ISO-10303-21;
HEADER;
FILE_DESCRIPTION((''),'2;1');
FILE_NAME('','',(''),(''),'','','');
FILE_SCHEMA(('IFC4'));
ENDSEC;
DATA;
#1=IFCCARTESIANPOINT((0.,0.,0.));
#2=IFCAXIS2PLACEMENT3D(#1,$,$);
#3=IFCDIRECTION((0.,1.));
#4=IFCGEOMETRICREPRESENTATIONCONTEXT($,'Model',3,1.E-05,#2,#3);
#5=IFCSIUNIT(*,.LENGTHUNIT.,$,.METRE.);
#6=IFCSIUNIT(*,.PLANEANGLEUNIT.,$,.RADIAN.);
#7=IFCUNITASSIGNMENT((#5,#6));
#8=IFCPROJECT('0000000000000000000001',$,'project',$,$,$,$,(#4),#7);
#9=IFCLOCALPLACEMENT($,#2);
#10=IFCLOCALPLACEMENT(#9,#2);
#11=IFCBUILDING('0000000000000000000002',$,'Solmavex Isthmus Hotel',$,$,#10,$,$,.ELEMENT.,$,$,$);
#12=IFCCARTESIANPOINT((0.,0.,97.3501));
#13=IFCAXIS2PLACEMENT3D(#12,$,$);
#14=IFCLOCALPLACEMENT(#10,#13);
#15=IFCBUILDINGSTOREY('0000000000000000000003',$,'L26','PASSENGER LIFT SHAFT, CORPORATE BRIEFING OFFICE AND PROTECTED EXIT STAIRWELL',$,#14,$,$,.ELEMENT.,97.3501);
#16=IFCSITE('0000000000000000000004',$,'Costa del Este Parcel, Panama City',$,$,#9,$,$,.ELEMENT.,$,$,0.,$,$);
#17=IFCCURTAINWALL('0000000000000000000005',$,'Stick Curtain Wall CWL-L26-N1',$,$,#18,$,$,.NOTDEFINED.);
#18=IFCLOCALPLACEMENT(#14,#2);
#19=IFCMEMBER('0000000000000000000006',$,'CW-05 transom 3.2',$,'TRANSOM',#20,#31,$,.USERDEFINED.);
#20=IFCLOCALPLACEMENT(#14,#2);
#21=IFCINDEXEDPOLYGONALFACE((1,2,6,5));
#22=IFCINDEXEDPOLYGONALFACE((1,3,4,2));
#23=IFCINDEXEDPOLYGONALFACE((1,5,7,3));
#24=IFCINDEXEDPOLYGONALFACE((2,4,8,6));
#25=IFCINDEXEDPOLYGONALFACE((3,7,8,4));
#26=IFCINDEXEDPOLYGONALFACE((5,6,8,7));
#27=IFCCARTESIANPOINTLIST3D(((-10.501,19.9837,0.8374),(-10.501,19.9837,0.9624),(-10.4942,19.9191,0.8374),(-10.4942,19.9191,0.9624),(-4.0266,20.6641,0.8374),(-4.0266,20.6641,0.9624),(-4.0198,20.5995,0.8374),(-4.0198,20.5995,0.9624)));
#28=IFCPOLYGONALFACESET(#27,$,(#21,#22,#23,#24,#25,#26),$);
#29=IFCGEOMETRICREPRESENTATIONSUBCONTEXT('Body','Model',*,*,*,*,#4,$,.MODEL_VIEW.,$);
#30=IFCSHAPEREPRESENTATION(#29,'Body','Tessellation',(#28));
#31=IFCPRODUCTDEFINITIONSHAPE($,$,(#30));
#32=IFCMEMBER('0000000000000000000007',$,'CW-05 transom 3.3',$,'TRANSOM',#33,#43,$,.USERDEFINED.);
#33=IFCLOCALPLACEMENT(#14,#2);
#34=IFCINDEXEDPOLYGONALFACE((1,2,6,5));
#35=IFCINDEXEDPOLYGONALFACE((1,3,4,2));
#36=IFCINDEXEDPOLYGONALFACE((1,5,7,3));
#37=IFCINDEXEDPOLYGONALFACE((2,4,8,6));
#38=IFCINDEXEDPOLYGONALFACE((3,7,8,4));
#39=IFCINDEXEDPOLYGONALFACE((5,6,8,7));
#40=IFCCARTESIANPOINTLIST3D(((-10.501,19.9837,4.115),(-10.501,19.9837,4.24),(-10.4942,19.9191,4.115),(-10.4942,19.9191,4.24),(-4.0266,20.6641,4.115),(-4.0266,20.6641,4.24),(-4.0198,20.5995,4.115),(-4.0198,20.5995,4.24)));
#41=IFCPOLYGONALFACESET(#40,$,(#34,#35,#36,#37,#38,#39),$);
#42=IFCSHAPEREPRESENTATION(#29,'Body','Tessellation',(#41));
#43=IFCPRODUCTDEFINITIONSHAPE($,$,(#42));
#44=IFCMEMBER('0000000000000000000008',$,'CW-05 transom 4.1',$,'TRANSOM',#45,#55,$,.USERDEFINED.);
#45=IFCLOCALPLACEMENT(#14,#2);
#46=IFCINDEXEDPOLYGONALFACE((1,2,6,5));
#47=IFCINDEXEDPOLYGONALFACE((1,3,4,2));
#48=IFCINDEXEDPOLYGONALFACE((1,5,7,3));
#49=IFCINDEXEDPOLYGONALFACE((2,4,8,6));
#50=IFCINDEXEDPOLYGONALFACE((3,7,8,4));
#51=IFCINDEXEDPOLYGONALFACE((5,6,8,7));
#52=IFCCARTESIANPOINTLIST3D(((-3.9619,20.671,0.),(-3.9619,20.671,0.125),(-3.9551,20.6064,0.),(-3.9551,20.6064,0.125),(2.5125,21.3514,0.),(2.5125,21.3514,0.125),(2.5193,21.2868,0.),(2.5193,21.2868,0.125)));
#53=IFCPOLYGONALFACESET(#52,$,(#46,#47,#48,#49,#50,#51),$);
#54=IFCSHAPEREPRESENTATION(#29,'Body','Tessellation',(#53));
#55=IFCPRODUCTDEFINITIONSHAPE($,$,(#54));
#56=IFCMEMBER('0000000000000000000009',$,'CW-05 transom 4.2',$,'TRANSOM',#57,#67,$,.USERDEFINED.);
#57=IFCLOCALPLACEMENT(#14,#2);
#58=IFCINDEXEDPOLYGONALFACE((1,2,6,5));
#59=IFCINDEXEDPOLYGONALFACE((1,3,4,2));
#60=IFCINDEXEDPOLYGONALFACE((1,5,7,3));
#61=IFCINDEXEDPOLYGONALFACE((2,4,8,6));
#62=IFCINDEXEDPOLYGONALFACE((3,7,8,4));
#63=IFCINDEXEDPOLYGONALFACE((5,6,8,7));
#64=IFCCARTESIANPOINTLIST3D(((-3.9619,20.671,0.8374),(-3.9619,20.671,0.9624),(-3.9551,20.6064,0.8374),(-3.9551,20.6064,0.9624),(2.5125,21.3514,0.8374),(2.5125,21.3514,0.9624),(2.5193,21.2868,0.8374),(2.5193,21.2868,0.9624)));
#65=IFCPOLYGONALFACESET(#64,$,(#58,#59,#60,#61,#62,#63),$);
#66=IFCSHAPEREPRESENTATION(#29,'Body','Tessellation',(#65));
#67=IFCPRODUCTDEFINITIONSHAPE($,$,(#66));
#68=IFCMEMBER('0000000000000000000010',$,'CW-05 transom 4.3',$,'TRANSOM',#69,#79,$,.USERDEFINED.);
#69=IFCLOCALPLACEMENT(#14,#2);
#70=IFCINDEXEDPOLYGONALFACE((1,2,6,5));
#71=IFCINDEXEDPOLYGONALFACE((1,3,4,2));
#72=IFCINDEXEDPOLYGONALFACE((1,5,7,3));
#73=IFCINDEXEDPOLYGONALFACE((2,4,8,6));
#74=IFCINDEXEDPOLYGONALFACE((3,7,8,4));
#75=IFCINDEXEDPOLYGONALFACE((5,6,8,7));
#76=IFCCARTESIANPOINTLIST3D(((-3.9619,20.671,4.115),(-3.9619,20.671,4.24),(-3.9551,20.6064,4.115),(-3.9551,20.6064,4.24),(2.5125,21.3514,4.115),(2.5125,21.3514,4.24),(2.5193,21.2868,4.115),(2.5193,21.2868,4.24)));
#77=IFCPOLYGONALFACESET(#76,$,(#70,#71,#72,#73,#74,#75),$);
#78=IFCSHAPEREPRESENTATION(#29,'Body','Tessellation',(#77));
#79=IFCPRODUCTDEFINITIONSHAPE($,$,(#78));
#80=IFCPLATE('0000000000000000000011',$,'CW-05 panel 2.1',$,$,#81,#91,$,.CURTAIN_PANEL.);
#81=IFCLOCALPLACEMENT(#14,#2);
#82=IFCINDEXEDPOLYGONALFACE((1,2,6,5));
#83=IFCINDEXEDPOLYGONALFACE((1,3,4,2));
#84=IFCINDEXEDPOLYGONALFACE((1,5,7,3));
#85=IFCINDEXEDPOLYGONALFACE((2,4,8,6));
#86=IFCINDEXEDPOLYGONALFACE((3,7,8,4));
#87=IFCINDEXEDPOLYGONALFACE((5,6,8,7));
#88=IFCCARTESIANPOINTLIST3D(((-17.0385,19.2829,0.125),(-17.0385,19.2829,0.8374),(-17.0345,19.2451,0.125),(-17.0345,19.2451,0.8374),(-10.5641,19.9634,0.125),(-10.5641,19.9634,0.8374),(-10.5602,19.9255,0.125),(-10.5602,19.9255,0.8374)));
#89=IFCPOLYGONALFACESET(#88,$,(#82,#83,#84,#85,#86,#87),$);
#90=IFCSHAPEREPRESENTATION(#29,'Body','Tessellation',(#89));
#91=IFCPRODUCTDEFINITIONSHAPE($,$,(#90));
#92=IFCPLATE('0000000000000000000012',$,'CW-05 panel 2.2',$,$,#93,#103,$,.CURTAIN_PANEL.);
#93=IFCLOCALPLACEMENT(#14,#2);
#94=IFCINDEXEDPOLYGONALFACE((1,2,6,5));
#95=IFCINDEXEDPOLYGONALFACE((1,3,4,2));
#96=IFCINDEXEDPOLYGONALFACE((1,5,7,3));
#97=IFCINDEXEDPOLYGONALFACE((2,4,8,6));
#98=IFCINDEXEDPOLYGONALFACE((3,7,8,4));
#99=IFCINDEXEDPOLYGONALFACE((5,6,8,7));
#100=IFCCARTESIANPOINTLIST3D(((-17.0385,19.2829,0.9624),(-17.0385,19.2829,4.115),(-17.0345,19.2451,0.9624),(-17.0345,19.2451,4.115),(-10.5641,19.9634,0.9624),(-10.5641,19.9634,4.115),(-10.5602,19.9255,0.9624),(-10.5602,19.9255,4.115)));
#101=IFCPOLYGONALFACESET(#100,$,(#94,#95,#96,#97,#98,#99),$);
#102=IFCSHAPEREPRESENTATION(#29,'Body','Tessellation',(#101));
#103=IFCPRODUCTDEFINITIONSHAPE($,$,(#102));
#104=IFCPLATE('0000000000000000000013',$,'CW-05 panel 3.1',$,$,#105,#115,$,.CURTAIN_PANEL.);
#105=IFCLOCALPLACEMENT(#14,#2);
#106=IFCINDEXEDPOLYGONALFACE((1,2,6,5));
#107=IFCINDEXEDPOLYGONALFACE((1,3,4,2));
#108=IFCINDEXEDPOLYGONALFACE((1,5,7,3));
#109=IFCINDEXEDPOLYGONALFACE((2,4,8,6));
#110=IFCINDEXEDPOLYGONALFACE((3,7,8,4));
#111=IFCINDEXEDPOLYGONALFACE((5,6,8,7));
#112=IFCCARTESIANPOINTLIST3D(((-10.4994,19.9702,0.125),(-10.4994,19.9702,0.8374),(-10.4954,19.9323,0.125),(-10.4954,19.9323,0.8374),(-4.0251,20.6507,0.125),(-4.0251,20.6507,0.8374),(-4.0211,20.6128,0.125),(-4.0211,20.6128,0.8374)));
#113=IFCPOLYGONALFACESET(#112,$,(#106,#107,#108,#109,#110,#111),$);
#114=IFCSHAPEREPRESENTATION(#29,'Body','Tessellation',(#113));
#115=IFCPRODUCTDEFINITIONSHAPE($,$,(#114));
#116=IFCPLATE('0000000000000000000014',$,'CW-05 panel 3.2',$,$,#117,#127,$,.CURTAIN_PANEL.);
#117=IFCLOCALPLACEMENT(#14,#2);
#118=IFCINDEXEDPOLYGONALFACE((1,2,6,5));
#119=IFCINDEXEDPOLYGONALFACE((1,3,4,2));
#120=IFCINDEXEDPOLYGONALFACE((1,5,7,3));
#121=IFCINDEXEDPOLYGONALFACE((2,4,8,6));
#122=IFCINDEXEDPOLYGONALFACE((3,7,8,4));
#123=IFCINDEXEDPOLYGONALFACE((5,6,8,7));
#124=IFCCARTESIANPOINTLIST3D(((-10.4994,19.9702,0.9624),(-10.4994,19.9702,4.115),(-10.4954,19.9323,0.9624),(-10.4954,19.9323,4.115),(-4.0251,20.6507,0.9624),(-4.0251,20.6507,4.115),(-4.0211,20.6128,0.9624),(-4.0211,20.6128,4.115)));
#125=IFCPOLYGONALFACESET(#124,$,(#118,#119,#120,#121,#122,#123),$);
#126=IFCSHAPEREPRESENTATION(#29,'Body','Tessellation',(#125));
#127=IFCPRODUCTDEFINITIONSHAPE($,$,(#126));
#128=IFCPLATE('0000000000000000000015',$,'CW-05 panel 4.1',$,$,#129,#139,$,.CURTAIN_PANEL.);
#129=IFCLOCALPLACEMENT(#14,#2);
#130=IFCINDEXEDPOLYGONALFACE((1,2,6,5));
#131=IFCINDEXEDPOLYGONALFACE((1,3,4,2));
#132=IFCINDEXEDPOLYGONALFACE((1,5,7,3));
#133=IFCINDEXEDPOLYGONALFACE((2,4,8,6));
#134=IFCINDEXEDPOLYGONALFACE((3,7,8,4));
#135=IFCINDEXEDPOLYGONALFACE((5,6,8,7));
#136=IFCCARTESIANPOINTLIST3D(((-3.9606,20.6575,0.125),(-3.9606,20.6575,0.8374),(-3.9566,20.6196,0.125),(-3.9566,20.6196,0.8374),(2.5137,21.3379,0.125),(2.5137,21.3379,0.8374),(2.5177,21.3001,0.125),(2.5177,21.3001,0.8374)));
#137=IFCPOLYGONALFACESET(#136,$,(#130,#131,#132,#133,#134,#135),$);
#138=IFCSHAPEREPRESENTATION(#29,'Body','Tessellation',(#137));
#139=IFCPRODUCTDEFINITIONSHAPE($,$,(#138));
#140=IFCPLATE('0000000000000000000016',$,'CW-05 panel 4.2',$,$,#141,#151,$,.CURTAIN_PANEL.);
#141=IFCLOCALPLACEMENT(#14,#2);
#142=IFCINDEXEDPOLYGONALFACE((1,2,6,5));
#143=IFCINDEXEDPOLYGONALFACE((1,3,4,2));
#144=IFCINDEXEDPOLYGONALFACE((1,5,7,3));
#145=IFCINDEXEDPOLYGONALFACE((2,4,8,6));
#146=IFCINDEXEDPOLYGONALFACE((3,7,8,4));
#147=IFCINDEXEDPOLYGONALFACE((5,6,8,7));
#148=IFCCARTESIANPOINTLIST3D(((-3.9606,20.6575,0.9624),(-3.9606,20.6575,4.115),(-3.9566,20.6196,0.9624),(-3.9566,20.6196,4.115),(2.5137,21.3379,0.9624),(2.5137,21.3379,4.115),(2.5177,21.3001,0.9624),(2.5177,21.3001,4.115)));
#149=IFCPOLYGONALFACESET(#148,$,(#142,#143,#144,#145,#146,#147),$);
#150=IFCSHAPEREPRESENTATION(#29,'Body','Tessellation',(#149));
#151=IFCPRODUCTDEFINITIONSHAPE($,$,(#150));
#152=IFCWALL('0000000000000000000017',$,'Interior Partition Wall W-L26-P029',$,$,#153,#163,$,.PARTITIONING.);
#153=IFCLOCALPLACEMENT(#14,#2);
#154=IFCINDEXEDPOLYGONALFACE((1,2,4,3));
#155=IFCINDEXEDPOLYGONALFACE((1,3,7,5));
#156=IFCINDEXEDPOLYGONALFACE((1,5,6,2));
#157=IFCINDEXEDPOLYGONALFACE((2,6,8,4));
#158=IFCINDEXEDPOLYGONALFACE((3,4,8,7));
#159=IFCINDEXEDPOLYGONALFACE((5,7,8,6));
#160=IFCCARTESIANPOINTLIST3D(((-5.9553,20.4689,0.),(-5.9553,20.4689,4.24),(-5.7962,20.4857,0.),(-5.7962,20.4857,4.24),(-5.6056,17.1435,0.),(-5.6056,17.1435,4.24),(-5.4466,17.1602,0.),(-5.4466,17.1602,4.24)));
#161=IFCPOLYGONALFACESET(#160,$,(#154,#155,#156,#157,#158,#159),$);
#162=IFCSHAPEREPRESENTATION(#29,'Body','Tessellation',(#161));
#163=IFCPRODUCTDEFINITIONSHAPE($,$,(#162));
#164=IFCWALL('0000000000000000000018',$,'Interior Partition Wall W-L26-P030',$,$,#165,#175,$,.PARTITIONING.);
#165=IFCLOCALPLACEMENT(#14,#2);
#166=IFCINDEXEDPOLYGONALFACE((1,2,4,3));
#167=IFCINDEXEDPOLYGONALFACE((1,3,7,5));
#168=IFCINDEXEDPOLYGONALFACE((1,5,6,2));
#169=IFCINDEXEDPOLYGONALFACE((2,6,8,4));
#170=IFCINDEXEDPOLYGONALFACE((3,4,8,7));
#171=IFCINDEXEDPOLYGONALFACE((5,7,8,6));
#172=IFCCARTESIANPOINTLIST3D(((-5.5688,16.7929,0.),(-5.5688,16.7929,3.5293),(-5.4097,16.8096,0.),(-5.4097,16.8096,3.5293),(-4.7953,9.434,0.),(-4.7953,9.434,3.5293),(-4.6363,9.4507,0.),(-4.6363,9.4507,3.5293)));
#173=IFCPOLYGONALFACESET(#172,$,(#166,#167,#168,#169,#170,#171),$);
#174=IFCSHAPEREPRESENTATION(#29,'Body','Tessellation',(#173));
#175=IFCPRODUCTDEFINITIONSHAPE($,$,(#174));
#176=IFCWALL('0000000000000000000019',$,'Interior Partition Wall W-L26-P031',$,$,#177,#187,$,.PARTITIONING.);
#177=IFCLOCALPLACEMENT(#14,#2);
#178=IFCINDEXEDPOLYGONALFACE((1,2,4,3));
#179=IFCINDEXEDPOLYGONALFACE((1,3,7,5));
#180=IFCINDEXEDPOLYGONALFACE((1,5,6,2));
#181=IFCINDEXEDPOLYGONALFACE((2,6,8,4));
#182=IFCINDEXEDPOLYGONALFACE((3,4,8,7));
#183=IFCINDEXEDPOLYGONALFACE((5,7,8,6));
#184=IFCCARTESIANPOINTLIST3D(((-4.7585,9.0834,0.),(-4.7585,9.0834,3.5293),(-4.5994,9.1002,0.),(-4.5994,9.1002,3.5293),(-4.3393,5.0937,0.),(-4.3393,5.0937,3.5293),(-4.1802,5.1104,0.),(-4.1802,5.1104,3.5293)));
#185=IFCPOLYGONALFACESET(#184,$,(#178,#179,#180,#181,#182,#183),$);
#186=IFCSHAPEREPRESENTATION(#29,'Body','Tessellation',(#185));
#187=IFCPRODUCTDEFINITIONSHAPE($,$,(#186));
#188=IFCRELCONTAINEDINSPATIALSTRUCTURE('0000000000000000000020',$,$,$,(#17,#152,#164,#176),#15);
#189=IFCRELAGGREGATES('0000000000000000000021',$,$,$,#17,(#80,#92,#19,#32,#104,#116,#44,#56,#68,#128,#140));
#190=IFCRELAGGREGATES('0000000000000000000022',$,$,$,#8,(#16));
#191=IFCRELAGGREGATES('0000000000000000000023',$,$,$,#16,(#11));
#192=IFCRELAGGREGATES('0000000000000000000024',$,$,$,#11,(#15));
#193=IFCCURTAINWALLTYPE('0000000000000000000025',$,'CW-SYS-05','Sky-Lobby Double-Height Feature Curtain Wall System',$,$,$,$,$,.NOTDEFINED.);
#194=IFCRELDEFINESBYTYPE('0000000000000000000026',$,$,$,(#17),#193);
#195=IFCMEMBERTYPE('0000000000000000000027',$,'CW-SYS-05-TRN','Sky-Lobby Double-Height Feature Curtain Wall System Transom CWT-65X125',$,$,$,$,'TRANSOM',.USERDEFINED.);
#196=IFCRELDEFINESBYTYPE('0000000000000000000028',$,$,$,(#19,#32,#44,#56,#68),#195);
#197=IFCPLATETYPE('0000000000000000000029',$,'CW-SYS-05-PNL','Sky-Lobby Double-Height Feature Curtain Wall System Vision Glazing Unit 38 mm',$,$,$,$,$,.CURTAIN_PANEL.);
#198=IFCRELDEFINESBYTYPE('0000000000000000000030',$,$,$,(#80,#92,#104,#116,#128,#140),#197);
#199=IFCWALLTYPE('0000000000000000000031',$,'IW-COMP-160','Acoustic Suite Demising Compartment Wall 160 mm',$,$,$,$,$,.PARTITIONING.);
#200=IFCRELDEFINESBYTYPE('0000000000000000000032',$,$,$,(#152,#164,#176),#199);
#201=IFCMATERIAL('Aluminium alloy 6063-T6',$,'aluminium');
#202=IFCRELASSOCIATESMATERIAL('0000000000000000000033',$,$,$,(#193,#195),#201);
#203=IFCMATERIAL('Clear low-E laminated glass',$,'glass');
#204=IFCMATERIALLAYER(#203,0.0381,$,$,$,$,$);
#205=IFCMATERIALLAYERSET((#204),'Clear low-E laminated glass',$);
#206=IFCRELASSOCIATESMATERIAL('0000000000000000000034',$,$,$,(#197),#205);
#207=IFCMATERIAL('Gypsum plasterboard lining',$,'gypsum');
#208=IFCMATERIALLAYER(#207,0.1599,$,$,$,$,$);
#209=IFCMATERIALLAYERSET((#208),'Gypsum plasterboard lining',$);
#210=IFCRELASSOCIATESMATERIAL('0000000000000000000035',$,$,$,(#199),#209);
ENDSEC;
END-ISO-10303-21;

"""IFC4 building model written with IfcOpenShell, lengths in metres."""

from ifc_helpers import new_model, si_unit, direction, frame, frame_2d, origin, origin_2d, place, context, subcontext, project, spatial, rectangle, extrude, material, layer, layer_set, material_profile, profile_set, type_object, element, aggregate, save


model = new_model("IFC4")

# Units and contexts
model_context = context("Model", 3, precision=1e-05, world=origin(), true_north=direction((0.0, 1.0)))
body_context = subcontext(model_context, "Body", "Model", "MODEL_VIEW")
ifc_project = project(units=[si_unit("LENGTHUNIT", "METRE"), si_unit("PLANEANGLEUNIT", "RADIAN")], contexts=[model_context])

# Site, building, storey
site_placement = place(None, origin())
site = spatial("IfcSite", under=ifc_project, at=site_placement, Name="Costa del Este Parcel, Panama City", CompositionType="ELEMENT", RefElevation=0.0)
building_placement = place(site_placement, origin())
building = spatial("IfcBuilding", under=site, at=building_placement, Name="Solmavex Isthmus Hotel", CompositionType="ELEMENT")
storey_placement = place(building_placement, frame((0.0, 0.0, 97.3501)))
storey = spatial("IfcBuildingStorey", under=building, at=storey_placement, Name="L26", Description="PASSENGER LIFT SHAFT, CORPORATE BRIEFING OFFICE AND PROTECTED EXIT STAIRWELL", CompositionType="ELEMENT", Elevation=97.3501)

# Curtain wall, members, plates
ifc_material_1 = material(Name="Aluminium alloy 6063-T6", Category="aluminium")
curtain_wall_type = type_object("IfcCurtainWallType", Name="CW-SYS-05", Description="Sky-Lobby Double-Height Feature Curtain Wall System", PredefinedType="NOTDEFINED", material=ifc_material_1)
curtain_wall_placement = place(storey_placement, origin())
curtain_wall = element("IfcCurtainWall", 1, at=curtain_wall_placement, inside=storey, type_object=curtain_wall_type, Name="Stick Curtain Wall CWL-L26-N1", PredefinedType="NOTDEFINED")
ifc_material_profile_1 = material_profile(ifc_material_1, rectangle(XDim=0.0649, YDim=0.125, at=origin_2d()), Name="CWT-65X125")
ifc_profile_set_1 = profile_set([ifc_material_profile_1], Name="Aluminium alloy 6063-T6")
member_type_1 = type_object("IfcMemberType", Name="CW-SYS-05-TRN", Description="Sky-Lobby Double-Height Feature Curtain Wall System Transom CWT-65X125", ElementType="TRANSOM", PredefinedType="USERDEFINED", material=ifc_profile_set_1)
member_1_placement = place(storey_placement, frame((-10.4976, 19.9514, 0.8999), z_axis=(0.994523, 0.104519, 0.0), x_axis=(-0.104519, 0.994523, 0.0)))
member_1 = element("IfcMember", 2, at=member_1_placement, type_object=member_type_1, Name="CW-05 transom 3.2", ObjectType="TRANSOM", PredefinedType="USERDEFINED", context=body_context, shape_type="SweptSolid", body=[
    extrude(rectangle(XDim=0.0649, YDim=0.125, at=origin_2d()), origin(), (0.0, 0.0, 1.0), 6.51),
])
member_2_placement = place(storey_placement, frame((-10.4976, 19.9514, 4.1775), z_axis=(0.994523, 0.104519, 0.0), x_axis=(-0.104519, 0.994523, 0.0)))
member_2 = element("IfcMember", 3, at=member_2_placement, type_object=member_type_1, Name="CW-05 transom 3.3", ObjectType="TRANSOM", PredefinedType="USERDEFINED", context=body_context, shape_type="SweptSolid", body=[
    extrude(rectangle(XDim=0.0649, YDim=0.125, at=origin_2d()), origin(), (0.0, 0.0, 1.0), 6.51),
])
member_3_placement = place(storey_placement, frame((-3.9585, 20.6387, 0.0625), z_axis=(0.994523, 0.104519, 0.0), x_axis=(-0.104519, 0.994523, 0.0)))
member_3 = element("IfcMember", 4, at=member_3_placement, type_object=member_type_1, Name="CW-05 transom 4.1", ObjectType="TRANSOM", PredefinedType="USERDEFINED", context=body_context, shape_type="SweptSolid", body=[
    extrude(rectangle(XDim=0.0649, YDim=0.125, at=origin_2d()), origin(), (0.0, 0.0, 1.0), 6.51),
])
member_4_placement = place(storey_placement, frame((-3.9585, 20.6387, 0.8999), z_axis=(0.994523, 0.104519, 0.0), x_axis=(-0.104519, 0.994523, 0.0)))
member_4 = element("IfcMember", 5, at=member_4_placement, type_object=member_type_1, Name="CW-05 transom 4.2", ObjectType="TRANSOM", PredefinedType="USERDEFINED", context=body_context, shape_type="SweptSolid", body=[
    extrude(rectangle(XDim=0.0649, YDim=0.125, at=origin_2d()), origin(), (0.0, 0.0, 1.0), 6.51),
])
member_5_placement = place(storey_placement, frame((-3.9585, 20.6387, 4.1775), z_axis=(0.994523, 0.104519, 0.0), x_axis=(-0.104519, 0.994523, 0.0)))
member_5 = element("IfcMember", 6, at=member_5_placement, type_object=member_type_1, Name="CW-05 transom 4.3", ObjectType="TRANSOM", PredefinedType="USERDEFINED", context=body_context, shape_type="SweptSolid", body=[
    extrude(rectangle(XDim=0.0649, YDim=0.125, at=origin_2d()), origin(), (0.0, 0.0, 1.0), 6.51),
])
ifc_material_2 = material(Name="Clear low-E laminated glass", Category="glass")
ifc_layer_1 = layer(ifc_material_2, 0.0381)
ifc_layer_set_1 = layer_set([ifc_layer_1], Name="Clear low-E laminated glass")
plate_type = type_object("IfcPlateType", Name="CW-SYS-05-PNL", Description="Sky-Lobby Double-Height Feature Curtain Wall System Vision Glazing Unit 38 mm", PredefinedType="CURTAIN_PANEL", material=ifc_layer_set_1)
plate_1_placement = place(storey_placement, frame((-13.7993, 19.6042, 0.125), z_axis=(0.0, 0.0, 1.0), x_axis=(0.994522, 0.104528, 0.0)))
plate_1 = element("IfcPlate", 7, at=plate_1_placement, type_object=plate_type, Name="CW-05 panel 2.1", PredefinedType="CURTAIN_PANEL", context=body_context, shape_type="SweptSolid", body=[
    extrude(rectangle(XDim=6.51, YDim=0.0381, at=origin_2d()), origin(), (0.0, 0.0, 1.0), 0.7124),
])
plate_2_placement = place(storey_placement, frame((-13.7993, 19.6042, 0.9624), z_axis=(0.0, 0.0, 1.0), x_axis=(0.994522, 0.104528, 0.0)))
plate_2 = element("IfcPlate", 8, at=plate_2_placement, type_object=plate_type, Name="CW-05 panel 2.2", PredefinedType="CURTAIN_PANEL", context=body_context, shape_type="SweptSolid", body=[
    extrude(rectangle(XDim=6.51, YDim=0.0381, at=origin_2d()), origin(), (0.0, 0.0, 1.0), 3.1526),
])
plate_3_placement = place(storey_placement, frame((-7.2603, 20.2915, 0.125), z_axis=(0.0, 0.0, 1.0), x_axis=(0.994522, 0.104528, 0.0)))
plate_3 = element("IfcPlate", 9, at=plate_3_placement, type_object=plate_type, Name="CW-05 panel 3.1", PredefinedType="CURTAIN_PANEL", context=body_context, shape_type="SweptSolid", body=[
    extrude(rectangle(XDim=6.51, YDim=0.0381, at=origin_2d()), origin(), (0.0, 0.0, 1.0), 0.7124),
])
plate_4_placement = place(storey_placement, frame((-7.2603, 20.2915, 0.9624), z_axis=(0.0, 0.0, 1.0), x_axis=(0.994522, 0.104528, 0.0)))
plate_4 = element("IfcPlate", 10, at=plate_4_placement, type_object=plate_type, Name="CW-05 panel 3.2", PredefinedType="CURTAIN_PANEL", context=body_context, shape_type="SweptSolid", body=[
    extrude(rectangle(XDim=6.51, YDim=0.0381, at=origin_2d()), origin(), (0.0, 0.0, 1.0), 3.1526),
])
plate_5_placement = place(storey_placement, frame((-0.7214, 20.9788, 0.125), z_axis=(0.0, 0.0, 1.0), x_axis=(0.994522, 0.104528, 0.0)))
plate_5 = element("IfcPlate", 11, at=plate_5_placement, type_object=plate_type, Name="CW-05 panel 4.1", PredefinedType="CURTAIN_PANEL", context=body_context, shape_type="SweptSolid", body=[
    extrude(rectangle(XDim=6.51, YDim=0.0381, at=origin_2d()), origin(), (0.0, 0.0, 1.0), 0.7124),
])
plate_6_placement = place(storey_placement, frame((-0.7214, 20.9788, 0.9624), z_axis=(0.0, 0.0, 1.0), x_axis=(0.994522, 0.104528, 0.0)))
plate_6 = element("IfcPlate", 12, at=plate_6_placement, type_object=plate_type, Name="CW-05 panel 4.2", PredefinedType="CURTAIN_PANEL", context=body_context, shape_type="SweptSolid", body=[
    extrude(rectangle(XDim=6.51, YDim=0.0381, at=origin_2d()), origin(), (0.0, 0.0, 1.0), 3.1526),
])
aggregate(curtain_wall, [plate_1, plate_2, member_1, member_2, plate_3, plate_4, member_3, member_4, member_5, plate_5, plate_6])

# Walls
ifc_material_3 = material(Name="Gypsum plasterboard lining", Category="gypsum")
ifc_layer_2 = layer(ifc_material_3, 0.1599)
ifc_layer_set_2 = layer_set([ifc_layer_2], Name="Gypsum plasterboard lining")
wall_type = type_object("IfcWallType", Name="IW-COMP-160", Description="Acoustic Suite Demising Compartment Wall 160 mm", PredefinedType="PARTITIONING", material=ifc_layer_set_2)
wall_1_placement = place(storey_placement, frame((-5.8757, 20.4773, 0.0), z_axis=(0.0, 0.0, 1.0), x_axis=(0.104556, -0.994519, 0.0)))
element("IfcWall", 13, at=wall_1_placement, inside=storey, type_object=wall_type, Name="Interior Partition Wall W-L26-P029", PredefinedType="PARTITIONING", context=body_context, shape_type="SweptSolid", body=[
    extrude(rectangle(XDim=3.3438, YDim=0.1599, at=frame_2d((1.6719, 0.0))), origin(), (0.0, 0.0, 1.0), 4.24),
])
wall_2_placement = place(storey_placement, frame((-5.4893, 16.8013, 0.0), z_axis=(0.0, 0.0, 1.0), x_axis=(0.104527, -0.994522, 0.0)))
element("IfcWall", 14, at=wall_2_placement, inside=storey, type_object=wall_type, Name="Interior Partition Wall W-L26-P030", PredefinedType="PARTITIONING", context=body_context, shape_type="SweptSolid", body=[
    extrude(rectangle(XDim=7.3994, YDim=0.1599, at=frame_2d((3.6997, 0.0))), origin(), (0.0, 0.0, 1.0), 3.5293),
])
wall_3_placement = place(storey_placement, frame((-4.679, 9.0918, 0.0), z_axis=(0.0, 0.0, 1.0), x_axis=(0.104492, -0.994526, 0.0)))
element("IfcWall", 15, at=wall_3_placement, inside=storey, type_object=wall_type, Name="Interior Partition Wall W-L26-P031", PredefinedType="PARTITIONING", context=body_context, shape_type="SweptSolid", body=[
    extrude(rectangle(XDim=4.0117, YDim=0.1599, at=frame_2d((2.0059, 0.0))), origin(), (0.0, 0.0, 1.0), 3.5293),
])

save(model, "model.ifc")
